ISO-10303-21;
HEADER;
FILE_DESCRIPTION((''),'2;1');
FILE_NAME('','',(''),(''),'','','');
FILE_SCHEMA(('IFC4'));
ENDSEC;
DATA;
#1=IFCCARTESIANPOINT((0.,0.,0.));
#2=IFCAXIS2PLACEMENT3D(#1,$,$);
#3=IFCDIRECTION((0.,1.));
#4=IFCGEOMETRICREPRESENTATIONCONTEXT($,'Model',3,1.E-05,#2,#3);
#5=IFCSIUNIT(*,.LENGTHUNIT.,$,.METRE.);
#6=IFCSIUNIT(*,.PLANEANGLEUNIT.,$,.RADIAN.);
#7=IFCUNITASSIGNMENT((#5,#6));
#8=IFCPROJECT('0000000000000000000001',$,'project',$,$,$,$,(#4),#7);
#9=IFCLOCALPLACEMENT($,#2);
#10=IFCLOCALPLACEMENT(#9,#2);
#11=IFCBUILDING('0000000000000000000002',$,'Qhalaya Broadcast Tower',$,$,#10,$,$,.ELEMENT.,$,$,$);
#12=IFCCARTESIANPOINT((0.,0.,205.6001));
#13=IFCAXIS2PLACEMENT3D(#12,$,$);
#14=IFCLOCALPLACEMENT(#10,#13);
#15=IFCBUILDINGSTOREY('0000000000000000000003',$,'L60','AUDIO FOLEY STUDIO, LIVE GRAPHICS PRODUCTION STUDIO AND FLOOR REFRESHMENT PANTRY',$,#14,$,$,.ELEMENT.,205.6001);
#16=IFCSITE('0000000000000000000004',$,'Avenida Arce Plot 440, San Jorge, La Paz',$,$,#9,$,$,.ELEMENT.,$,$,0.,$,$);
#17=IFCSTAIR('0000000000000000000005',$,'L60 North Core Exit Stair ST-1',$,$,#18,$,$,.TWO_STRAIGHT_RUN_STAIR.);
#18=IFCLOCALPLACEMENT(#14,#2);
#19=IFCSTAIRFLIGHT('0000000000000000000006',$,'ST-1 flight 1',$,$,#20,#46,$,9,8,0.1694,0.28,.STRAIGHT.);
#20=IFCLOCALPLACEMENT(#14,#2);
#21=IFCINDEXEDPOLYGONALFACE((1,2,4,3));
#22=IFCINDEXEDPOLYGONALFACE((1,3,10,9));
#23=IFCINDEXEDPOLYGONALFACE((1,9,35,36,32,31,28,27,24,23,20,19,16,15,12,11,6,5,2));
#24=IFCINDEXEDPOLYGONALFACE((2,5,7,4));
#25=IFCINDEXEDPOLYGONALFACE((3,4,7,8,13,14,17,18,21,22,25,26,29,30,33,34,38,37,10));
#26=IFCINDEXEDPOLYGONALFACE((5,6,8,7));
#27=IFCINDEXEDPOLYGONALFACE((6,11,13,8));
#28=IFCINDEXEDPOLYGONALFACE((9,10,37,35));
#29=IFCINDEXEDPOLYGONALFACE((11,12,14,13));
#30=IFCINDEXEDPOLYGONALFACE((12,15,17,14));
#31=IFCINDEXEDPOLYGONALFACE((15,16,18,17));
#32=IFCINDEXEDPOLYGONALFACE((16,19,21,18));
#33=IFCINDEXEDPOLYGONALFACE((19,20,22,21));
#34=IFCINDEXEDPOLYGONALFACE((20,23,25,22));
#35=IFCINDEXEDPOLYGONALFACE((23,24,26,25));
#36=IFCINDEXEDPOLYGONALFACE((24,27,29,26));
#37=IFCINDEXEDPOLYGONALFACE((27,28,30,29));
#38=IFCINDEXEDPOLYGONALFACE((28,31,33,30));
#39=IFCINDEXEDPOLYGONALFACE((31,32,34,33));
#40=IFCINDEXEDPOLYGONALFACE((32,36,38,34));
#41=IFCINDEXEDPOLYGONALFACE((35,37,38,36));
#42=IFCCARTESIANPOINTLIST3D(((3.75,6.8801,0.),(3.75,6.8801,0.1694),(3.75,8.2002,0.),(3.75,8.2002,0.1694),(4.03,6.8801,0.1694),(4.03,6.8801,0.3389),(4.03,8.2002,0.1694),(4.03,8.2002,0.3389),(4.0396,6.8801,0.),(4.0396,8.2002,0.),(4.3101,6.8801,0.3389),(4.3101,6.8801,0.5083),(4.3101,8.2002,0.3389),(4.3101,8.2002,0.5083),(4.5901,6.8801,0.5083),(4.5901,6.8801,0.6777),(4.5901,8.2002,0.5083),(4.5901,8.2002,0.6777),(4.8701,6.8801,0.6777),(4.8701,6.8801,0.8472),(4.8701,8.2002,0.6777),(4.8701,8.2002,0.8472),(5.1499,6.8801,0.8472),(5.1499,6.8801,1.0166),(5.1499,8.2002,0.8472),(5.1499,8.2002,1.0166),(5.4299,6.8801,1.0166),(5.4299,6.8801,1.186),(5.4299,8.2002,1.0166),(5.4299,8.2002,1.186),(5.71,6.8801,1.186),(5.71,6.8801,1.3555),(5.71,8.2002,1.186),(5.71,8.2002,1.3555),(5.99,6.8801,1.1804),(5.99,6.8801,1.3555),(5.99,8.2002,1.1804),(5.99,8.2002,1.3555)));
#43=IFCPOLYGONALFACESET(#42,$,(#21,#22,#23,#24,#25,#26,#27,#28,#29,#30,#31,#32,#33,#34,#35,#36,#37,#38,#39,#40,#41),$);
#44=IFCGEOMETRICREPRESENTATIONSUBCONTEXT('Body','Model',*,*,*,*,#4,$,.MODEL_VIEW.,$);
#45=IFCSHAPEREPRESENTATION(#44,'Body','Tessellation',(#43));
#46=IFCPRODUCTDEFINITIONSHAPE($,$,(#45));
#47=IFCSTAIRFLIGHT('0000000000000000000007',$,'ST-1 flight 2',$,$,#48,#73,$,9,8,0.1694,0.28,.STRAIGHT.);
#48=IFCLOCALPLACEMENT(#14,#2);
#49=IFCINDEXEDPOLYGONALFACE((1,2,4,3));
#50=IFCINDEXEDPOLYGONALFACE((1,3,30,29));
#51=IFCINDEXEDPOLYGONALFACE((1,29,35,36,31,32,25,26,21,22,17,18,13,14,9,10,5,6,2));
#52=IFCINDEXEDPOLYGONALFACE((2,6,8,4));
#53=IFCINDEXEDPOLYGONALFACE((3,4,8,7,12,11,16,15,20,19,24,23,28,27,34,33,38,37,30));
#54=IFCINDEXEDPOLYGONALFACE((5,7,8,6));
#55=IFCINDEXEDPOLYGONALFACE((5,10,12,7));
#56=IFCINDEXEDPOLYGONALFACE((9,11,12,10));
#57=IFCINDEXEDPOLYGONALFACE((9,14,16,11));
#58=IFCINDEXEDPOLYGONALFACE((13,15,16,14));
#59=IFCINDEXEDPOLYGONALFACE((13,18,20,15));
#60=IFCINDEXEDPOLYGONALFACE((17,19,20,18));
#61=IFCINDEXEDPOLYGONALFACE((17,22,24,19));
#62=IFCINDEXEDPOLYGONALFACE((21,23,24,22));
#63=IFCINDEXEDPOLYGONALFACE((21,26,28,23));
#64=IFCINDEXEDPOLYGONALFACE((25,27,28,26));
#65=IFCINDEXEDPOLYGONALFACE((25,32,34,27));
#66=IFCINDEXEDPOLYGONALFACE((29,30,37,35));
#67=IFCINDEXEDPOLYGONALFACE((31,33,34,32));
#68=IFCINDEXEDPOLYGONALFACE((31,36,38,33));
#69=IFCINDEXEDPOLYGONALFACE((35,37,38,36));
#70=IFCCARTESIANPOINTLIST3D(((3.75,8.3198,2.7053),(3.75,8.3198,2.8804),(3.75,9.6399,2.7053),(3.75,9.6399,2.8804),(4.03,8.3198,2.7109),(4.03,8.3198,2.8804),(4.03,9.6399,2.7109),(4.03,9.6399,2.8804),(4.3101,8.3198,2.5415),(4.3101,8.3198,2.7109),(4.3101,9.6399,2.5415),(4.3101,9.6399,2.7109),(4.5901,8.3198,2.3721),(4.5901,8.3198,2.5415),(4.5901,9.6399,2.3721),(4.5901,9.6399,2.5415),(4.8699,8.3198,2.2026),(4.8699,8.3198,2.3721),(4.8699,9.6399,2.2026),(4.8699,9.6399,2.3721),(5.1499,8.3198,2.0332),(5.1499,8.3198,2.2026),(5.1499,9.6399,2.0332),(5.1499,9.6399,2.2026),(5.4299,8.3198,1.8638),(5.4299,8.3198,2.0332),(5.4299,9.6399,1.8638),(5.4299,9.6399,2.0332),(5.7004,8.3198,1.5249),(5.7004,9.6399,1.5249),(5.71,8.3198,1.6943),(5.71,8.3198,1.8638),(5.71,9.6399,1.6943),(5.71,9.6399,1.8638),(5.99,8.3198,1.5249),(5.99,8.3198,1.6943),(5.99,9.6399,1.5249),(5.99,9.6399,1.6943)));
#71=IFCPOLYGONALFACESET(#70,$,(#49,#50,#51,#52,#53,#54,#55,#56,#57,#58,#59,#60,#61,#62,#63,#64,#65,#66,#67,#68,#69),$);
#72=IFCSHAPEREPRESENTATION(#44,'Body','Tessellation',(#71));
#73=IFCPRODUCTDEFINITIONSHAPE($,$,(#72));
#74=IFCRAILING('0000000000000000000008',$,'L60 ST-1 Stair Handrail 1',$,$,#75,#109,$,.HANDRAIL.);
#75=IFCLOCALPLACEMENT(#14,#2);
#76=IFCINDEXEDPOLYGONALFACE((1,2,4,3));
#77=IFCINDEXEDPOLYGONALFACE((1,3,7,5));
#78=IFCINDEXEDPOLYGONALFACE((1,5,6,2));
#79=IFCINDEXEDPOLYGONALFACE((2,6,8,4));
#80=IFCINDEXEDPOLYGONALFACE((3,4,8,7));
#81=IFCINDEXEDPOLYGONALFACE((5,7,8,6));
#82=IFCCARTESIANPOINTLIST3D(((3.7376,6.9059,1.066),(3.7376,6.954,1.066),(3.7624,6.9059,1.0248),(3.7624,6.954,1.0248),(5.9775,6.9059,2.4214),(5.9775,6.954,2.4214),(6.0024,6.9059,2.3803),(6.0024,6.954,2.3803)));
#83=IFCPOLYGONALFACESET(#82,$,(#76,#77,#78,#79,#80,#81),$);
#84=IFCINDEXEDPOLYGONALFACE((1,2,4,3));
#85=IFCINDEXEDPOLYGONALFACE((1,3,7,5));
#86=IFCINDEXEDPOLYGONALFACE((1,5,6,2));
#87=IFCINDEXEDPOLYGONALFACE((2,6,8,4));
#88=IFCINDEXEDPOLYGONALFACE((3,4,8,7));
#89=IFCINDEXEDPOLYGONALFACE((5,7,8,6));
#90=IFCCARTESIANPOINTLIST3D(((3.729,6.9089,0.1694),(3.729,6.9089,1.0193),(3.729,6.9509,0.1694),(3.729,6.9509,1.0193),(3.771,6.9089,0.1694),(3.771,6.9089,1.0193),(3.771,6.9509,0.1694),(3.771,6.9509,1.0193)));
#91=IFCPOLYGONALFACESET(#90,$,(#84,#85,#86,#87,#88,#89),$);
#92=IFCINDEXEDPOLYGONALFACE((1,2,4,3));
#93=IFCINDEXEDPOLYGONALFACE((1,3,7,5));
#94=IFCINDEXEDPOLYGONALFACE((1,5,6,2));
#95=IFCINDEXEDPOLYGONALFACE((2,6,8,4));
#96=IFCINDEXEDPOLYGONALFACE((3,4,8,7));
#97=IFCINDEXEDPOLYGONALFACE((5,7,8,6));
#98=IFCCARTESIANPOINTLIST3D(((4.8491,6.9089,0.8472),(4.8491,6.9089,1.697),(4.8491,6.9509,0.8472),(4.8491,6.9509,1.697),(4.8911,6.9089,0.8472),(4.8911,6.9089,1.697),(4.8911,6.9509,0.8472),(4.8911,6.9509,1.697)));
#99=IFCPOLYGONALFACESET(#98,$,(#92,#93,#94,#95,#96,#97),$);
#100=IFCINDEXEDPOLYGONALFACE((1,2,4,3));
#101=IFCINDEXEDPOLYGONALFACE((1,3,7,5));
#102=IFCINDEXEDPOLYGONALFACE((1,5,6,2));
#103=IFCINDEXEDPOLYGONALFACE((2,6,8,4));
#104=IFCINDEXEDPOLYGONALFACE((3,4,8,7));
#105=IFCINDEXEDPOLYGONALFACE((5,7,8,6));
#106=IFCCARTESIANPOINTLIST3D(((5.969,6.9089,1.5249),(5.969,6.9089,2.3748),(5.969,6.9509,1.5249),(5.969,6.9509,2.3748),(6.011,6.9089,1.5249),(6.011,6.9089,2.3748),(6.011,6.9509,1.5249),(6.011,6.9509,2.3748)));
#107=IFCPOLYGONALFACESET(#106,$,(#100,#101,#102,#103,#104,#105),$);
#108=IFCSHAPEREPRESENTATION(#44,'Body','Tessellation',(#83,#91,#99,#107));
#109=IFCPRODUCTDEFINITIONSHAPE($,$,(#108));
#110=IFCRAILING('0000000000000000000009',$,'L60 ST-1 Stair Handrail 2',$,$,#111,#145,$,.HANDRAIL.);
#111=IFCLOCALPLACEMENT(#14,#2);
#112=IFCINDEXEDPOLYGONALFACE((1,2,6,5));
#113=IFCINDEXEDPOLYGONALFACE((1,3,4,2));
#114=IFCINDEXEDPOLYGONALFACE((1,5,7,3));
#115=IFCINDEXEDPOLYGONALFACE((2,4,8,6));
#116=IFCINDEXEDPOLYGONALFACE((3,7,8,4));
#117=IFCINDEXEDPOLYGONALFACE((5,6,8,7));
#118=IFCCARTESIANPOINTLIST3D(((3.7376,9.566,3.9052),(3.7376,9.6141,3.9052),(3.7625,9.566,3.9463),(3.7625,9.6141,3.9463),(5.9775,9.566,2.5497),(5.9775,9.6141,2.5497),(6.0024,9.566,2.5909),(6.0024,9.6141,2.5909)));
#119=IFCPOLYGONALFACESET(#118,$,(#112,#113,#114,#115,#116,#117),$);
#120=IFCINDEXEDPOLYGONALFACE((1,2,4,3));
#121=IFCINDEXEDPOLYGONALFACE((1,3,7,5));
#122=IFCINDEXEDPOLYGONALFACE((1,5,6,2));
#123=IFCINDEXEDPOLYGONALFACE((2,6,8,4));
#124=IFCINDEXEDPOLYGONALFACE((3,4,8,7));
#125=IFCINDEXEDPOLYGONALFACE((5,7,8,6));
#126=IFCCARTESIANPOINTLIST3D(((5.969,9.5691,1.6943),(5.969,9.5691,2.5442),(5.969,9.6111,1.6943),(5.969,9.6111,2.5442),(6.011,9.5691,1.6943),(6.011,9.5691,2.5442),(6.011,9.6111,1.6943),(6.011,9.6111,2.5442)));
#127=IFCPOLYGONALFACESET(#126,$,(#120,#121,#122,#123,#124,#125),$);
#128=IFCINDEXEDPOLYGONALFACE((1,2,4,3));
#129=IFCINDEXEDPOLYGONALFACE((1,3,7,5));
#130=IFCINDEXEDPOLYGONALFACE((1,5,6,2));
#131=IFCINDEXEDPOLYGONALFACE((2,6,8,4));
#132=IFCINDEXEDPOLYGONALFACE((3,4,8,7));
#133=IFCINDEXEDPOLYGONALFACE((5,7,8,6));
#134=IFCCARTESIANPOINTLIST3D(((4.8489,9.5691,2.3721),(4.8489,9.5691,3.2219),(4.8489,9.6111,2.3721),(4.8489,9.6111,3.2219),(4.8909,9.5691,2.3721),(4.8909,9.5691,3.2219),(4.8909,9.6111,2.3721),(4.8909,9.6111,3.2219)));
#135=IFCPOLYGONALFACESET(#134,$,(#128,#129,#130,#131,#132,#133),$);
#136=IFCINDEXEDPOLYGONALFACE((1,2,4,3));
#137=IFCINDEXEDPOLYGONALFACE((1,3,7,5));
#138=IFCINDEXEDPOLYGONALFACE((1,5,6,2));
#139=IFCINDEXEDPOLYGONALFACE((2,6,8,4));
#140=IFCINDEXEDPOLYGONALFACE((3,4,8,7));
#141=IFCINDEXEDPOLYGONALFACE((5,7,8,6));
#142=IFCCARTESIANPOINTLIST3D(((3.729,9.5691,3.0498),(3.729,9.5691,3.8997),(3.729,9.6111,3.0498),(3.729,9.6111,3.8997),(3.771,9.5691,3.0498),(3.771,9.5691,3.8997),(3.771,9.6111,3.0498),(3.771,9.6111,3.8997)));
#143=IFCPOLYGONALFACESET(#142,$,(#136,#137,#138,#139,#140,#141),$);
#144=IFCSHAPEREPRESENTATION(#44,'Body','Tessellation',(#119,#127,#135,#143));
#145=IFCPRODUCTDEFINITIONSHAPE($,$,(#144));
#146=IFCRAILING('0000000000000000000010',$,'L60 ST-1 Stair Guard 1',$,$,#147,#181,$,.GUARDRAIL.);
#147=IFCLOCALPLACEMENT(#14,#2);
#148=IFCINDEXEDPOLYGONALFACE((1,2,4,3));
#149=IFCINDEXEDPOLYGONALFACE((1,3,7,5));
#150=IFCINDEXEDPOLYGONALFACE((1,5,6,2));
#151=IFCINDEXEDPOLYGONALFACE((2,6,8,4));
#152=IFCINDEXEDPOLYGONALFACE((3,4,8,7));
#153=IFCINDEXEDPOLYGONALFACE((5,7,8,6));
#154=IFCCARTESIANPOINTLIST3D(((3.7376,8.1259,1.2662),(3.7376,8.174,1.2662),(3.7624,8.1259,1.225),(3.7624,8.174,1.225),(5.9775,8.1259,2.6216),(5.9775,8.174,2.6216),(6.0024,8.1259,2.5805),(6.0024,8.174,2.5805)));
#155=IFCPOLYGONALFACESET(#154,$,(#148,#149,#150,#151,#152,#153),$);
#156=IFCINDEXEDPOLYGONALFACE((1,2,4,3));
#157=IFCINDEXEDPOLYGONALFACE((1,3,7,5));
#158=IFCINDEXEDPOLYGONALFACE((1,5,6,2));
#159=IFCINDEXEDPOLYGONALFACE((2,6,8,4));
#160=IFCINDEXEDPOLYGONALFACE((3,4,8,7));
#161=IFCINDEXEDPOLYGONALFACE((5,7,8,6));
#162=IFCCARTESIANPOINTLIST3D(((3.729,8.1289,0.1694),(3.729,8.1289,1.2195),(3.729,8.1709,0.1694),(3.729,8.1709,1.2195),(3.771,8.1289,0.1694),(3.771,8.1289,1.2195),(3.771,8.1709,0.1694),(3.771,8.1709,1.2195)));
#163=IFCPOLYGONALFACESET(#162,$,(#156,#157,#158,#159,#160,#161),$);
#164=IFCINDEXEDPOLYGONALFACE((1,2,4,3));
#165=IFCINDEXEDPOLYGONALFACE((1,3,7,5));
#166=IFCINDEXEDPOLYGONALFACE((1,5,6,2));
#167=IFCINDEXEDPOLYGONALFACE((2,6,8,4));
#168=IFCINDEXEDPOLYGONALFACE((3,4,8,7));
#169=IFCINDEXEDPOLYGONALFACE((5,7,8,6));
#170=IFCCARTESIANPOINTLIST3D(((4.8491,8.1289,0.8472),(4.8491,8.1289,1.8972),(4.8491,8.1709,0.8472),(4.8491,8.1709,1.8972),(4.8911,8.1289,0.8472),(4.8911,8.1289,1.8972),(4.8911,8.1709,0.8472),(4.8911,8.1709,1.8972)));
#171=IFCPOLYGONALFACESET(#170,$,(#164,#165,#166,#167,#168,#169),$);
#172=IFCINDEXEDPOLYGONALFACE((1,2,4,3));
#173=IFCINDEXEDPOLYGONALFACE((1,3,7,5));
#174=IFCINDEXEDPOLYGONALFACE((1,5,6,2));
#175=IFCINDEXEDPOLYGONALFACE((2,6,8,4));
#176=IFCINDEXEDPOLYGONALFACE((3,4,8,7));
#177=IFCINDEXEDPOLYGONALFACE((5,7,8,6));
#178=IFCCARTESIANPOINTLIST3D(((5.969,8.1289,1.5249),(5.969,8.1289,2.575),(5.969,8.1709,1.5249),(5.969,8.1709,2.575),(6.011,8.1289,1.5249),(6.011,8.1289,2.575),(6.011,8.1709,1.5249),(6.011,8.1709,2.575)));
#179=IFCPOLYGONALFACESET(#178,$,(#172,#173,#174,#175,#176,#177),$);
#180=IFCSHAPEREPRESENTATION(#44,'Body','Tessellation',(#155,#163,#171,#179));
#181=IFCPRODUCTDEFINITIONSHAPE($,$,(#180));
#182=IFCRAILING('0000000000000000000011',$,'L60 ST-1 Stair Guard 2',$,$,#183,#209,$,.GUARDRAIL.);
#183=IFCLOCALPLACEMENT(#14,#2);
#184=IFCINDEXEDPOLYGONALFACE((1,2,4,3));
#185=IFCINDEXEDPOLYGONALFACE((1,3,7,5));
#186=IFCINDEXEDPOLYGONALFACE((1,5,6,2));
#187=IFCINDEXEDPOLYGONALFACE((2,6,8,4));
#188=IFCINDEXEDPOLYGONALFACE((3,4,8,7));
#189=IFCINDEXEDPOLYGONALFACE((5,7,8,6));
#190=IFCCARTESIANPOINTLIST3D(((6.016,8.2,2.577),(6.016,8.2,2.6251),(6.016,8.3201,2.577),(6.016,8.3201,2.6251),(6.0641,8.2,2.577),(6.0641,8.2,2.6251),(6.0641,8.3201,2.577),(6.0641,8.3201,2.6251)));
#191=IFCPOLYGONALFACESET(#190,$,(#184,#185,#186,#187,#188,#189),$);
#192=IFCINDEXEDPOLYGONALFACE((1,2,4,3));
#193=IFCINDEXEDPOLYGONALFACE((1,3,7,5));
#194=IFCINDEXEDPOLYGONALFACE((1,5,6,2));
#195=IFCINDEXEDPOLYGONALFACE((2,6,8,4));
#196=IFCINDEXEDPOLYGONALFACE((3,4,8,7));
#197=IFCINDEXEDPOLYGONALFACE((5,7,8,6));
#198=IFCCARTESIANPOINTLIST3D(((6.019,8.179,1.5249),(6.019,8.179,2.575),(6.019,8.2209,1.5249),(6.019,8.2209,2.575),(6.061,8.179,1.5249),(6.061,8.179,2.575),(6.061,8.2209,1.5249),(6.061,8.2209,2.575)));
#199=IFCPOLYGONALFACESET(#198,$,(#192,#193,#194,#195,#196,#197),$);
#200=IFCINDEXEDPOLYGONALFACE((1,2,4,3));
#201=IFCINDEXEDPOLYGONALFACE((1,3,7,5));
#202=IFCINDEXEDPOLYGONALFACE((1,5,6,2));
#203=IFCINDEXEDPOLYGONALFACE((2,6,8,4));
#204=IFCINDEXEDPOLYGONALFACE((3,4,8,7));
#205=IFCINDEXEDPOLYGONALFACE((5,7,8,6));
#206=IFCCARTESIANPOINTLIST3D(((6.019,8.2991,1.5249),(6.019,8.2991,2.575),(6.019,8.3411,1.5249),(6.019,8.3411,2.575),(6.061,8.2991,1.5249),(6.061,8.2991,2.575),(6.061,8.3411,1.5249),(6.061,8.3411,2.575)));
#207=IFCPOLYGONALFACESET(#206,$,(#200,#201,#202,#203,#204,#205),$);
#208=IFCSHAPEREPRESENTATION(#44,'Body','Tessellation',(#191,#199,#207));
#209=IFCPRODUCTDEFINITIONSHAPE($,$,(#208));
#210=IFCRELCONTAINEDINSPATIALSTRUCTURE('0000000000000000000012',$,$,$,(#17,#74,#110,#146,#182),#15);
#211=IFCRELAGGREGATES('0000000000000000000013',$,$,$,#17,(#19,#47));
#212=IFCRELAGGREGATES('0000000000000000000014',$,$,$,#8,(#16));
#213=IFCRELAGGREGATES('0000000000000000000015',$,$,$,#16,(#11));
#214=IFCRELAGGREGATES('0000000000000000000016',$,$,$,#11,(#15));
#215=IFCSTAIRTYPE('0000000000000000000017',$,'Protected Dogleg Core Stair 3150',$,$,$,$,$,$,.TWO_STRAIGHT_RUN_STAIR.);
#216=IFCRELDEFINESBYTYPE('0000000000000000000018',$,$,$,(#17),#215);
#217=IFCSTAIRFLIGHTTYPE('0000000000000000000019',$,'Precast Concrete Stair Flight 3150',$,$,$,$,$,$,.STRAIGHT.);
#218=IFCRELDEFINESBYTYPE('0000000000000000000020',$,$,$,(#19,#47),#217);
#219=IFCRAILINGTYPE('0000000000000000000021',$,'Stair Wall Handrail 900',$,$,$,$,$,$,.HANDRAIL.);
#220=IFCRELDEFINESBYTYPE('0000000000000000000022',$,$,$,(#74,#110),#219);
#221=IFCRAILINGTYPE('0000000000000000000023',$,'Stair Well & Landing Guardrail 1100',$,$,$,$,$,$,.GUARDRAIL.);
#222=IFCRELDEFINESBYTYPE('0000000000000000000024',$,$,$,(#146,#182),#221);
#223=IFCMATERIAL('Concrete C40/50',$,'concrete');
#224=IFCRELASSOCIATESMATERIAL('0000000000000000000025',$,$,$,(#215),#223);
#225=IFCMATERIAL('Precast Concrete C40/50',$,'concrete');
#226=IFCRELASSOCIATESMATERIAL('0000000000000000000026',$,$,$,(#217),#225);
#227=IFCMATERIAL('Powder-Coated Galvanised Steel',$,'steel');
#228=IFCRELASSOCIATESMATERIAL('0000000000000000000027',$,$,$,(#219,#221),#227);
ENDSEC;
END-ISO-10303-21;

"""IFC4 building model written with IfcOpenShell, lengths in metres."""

from ifc_helpers import new_model, si_unit, direction, frame, origin, origin_2d, place, context, subcontext, project, spatial, polyline, rectangle, outline, extrude, material, type_object, element, aggregate, save


model = new_model("IFC4")

# Units and contexts
model_context = context("Model", 3, precision=1e-05, world=origin(), true_north=direction((0.0, 1.0)))
body_context = subcontext(model_context, "Body", "Model", "MODEL_VIEW")
ifc_project = project(units=[si_unit("LENGTHUNIT", "METRE"), si_unit("PLANEANGLEUNIT", "RADIAN")], contexts=[model_context])

# Site, building, storey
site_placement = place(None, origin())
site = spatial("IfcSite", under=ifc_project, at=site_placement, Name="Avenida Arce Plot 440, San Jorge, La Paz", CompositionType="ELEMENT", RefElevation=0.0)
building_placement = place(site_placement, origin())
building = spatial("IfcBuilding", under=site, at=building_placement, Name="Qhalaya Broadcast Tower", CompositionType="ELEMENT")
storey_placement = place(building_placement, frame((0.0, 0.0, 205.6001)))
storey = spatial("IfcBuildingStorey", under=building, at=storey_placement, Name="L60", Description="AUDIO FOLEY STUDIO, LIVE GRAPHICS PRODUCTION STUDIO AND FLOOR REFRESHMENT PANTRY", CompositionType="ELEMENT", Elevation=205.6001)

# Stair, stair flights
ifc_material_1 = material(Name="Concrete C40/50", Category="concrete")
stair_type = type_object("IfcStairType", Name="Protected Dogleg Core Stair 3150", PredefinedType="TWO_STRAIGHT_RUN_STAIR", material=ifc_material_1)
stair_placement = place(storey_placement, origin())
stair = element("IfcStair", 1, at=stair_placement, inside=storey, type_object=stair_type, Name="L60 North Core Exit Stair ST-1", PredefinedType="TWO_STRAIGHT_RUN_STAIR")
ifc_material_2 = material(Name="Precast Concrete C40/50", Category="concrete")
stair_flight_type = type_object("IfcStairFlightType", Name="Precast Concrete Stair Flight 3150", PredefinedType="STRAIGHT", material=ifc_material_2)
stair_flight_1_placement = place(storey_placement, frame((3.75, 7.54, 0.0), z_axis=(0.0, 0.0, 1.0), x_axis=(1.0, 0.0, 0.0)))
stair_flight_1 = element("IfcStairFlight", 2, at=stair_flight_1_placement, type_object=stair_flight_type, Name="ST-1 flight 1", NumberOfRisers=9, NumberOfTreads=8, PredefinedType="STRAIGHT", RiserHeight=0.1694, TreadLength=0.28, context=body_context, shape_type="SweptSolid", body=[
    extrude(outline(polyline([(0.0, 0.0), (0.0, 0.1694), (0.28, 0.1694), (0.28, 0.3389), (0.5601, 0.3389), (0.5601, 0.5083), (0.8401, 0.5083), (0.8401, 0.6777), (1.1201, 0.6777), (1.1201, 0.8472), (1.3999, 0.8472), (1.3999, 1.0166), (1.6799, 1.0166), (1.6799, 1.186), (1.96, 1.186), (1.96, 1.3555), (2.24, 1.3555), (2.24, 1.5249), (2.24, 1.1804), (0.2896, 0.0), (0.0, 0.0)])), frame((0.0, 0.6602, 0.0), z_axis=(0.0, -1.0, 0.0), x_axis=(1.0, 0.0, 0.0)), (0.0, 0.0, 1.0), 1.3201),
])
stair_flight_2_placement = place(storey_placement, frame((5.99, 8.98, 1.5249), z_axis=(0.0, 0.0, 1.0), x_axis=(-1.0, 0.0, 0.0)))
stair_flight_2 = element("IfcStairFlight", 3, at=stair_flight_2_placement, type_object=stair_flight_type, Name="ST-1 flight 2", NumberOfRisers=9, NumberOfTreads=8, PredefinedType="STRAIGHT", RiserHeight=0.1694, TreadLength=0.28, context=body_context, shape_type="SweptSolid", body=[
    extrude(outline(polyline([(0.0, 0.0), (0.0, 0.1694), (0.28, 0.1694), (0.28, 0.3389), (0.5601, 0.3389), (0.5601, 0.5083), (0.8401, 0.5083), (0.8401, 0.6777), (1.1201, 0.6777), (1.1201, 0.8472), (1.3999, 0.8472), (1.3999, 1.0166), (1.6799, 1.0166), (1.6799, 1.186), (1.96, 1.186), (1.96, 1.3555), (2.24, 1.3555), (2.24, 1.5249), (2.24, 1.1804), (0.2896, 0.0), (0.0, 0.0)])), frame((0.0, 0.6602, 0.0), z_axis=(0.0, -1.0, 0.0), x_axis=(1.0, 0.0, 0.0)), (0.0, 0.0, 1.0), 1.3201),
])
aggregate(stair, [stair_flight_1, stair_flight_2])

# Railings
ifc_material_3 = material(Name="Powder-Coated Galvanised Steel", Category="steel")
railing_type_1 = type_object("IfcRailingType", Name="Stair Wall Handrail 900", PredefinedType="HANDRAIL", material=ifc_material_3)
railing_1_placement = place(storey_placement, frame((3.75, 6.9299, 0.1694)))
element("IfcRailing", 4, at=railing_1_placement, inside=storey, type_object=railing_type_1, Name="L60 ST-1 Stair Handrail 1", PredefinedType="HANDRAIL", context=body_context, shape_type="SweptSolid", body=[
    extrude(rectangle(XDim=0.0481, YDim=0.0481, at=origin_2d()), frame((0.0, 0.0, 0.876), z_axis=(0.855553, 0.0, 0.517715), x_axis=(0.0, 1.0, 0.0)), (0.0, 0.0, 1.0), 2.6182),
    extrude(rectangle(XDim=0.042, YDim=0.042, at=origin_2d()), origin(), (0.0, 0.0, 1.0), 0.8499),
    extrude(rectangle(XDim=0.042, YDim=0.042, at=origin_2d()), frame((1.1201, 0.0, 0.6777)), (0.0, 0.0, 1.0), 0.8499),
    extrude(rectangle(XDim=0.042, YDim=0.042, at=origin_2d()), frame((2.24, 0.0, 1.3555)), (0.0, 0.0, 1.0), 0.8499),
])
railing_2_placement = place(storey_placement, frame((5.99, 9.5901, 1.6943)))
element("IfcRailing", 5, at=railing_2_placement, inside=storey, type_object=railing_type_1, Name="L60 ST-1 Stair Handrail 2", PredefinedType="HANDRAIL", context=body_context, shape_type="SweptSolid", body=[
    extrude(rectangle(XDim=0.0481, YDim=0.0481, at=origin_2d()), frame((0.0, 0.0, 0.876), z_axis=(-0.855553, 0.0, 0.517715), x_axis=(0.0, -1.0, 0.0)), (0.0, 0.0, 1.0), 2.6182),
    extrude(rectangle(XDim=0.042, YDim=0.042, at=origin_2d()), origin(), (0.0, 0.0, 1.0), 0.8499),
    extrude(rectangle(XDim=0.042, YDim=0.042, at=origin_2d()), frame((-1.1201, 0.0, 0.6777)), (0.0, 0.0, 1.0), 0.8499),
    extrude(rectangle(XDim=0.042, YDim=0.042, at=origin_2d()), frame((-2.24, 0.0, 1.3555)), (0.0, 0.0, 1.0), 0.8499),
])
railing_type_2 = type_object("IfcRailingType", Name="Stair Well & Landing Guardrail 1100", PredefinedType="GUARDRAIL", material=ifc_material_3)
railing_3_placement = place(storey_placement, frame((3.75, 8.1499, 0.1694)))
element("IfcRailing", 6, at=railing_3_placement, inside=storey, type_object=railing_type_2, Name="L60 ST-1 Stair Guard 1", PredefinedType="GUARDRAIL", context=body_context, shape_type="SweptSolid", body=[
    extrude(rectangle(XDim=0.0481, YDim=0.0481, at=origin_2d()), frame((0.0, 0.0, 1.0762), z_axis=(0.855553, 0.0, 0.517715), x_axis=(0.0, 1.0, 0.0)), (0.0, 0.0, 1.0), 2.6182),
    extrude(rectangle(XDim=0.042, YDim=0.042, at=origin_2d()), origin(), (0.0, 0.0, 1.0), 1.05),
    extrude(rectangle(XDim=0.042, YDim=0.042, at=origin_2d()), frame((1.1201, 0.0, 0.6777)), (0.0, 0.0, 1.0), 1.05),
    extrude(rectangle(XDim=0.042, YDim=0.042, at=origin_2d()), frame((2.24, 0.0, 1.3555)), (0.0, 0.0, 1.0), 1.05),
])
railing_4_placement = place(storey_placement, frame((6.04, 8.2, 1.5249)))
element("IfcRailing", 7, at=railing_4_placement, inside=storey, type_object=railing_type_2, Name="L60 ST-1 Stair Guard 2", PredefinedType="GUARDRAIL", context=body_context, shape_type="SweptSolid", body=[
    extrude(rectangle(XDim=0.0481, YDim=0.0481, at=origin_2d()), frame((0.0, 0.0, 1.0762), z_axis=(0.0, 1.0, 0.0), x_axis=(-1.0, 0.0, 0.0)), (0.0, 0.0, 1.0), 0.1201),
    extrude(rectangle(XDim=0.042, YDim=0.042, at=origin_2d()), origin(), (0.0, 0.0, 1.0), 1.05),
    extrude(rectangle(XDim=0.042, YDim=0.042, at=origin_2d()), frame((0.0, 0.1201, 0.0)), (0.0, 0.0, 1.0), 1.05),
])

save(model, "model.ifc")
